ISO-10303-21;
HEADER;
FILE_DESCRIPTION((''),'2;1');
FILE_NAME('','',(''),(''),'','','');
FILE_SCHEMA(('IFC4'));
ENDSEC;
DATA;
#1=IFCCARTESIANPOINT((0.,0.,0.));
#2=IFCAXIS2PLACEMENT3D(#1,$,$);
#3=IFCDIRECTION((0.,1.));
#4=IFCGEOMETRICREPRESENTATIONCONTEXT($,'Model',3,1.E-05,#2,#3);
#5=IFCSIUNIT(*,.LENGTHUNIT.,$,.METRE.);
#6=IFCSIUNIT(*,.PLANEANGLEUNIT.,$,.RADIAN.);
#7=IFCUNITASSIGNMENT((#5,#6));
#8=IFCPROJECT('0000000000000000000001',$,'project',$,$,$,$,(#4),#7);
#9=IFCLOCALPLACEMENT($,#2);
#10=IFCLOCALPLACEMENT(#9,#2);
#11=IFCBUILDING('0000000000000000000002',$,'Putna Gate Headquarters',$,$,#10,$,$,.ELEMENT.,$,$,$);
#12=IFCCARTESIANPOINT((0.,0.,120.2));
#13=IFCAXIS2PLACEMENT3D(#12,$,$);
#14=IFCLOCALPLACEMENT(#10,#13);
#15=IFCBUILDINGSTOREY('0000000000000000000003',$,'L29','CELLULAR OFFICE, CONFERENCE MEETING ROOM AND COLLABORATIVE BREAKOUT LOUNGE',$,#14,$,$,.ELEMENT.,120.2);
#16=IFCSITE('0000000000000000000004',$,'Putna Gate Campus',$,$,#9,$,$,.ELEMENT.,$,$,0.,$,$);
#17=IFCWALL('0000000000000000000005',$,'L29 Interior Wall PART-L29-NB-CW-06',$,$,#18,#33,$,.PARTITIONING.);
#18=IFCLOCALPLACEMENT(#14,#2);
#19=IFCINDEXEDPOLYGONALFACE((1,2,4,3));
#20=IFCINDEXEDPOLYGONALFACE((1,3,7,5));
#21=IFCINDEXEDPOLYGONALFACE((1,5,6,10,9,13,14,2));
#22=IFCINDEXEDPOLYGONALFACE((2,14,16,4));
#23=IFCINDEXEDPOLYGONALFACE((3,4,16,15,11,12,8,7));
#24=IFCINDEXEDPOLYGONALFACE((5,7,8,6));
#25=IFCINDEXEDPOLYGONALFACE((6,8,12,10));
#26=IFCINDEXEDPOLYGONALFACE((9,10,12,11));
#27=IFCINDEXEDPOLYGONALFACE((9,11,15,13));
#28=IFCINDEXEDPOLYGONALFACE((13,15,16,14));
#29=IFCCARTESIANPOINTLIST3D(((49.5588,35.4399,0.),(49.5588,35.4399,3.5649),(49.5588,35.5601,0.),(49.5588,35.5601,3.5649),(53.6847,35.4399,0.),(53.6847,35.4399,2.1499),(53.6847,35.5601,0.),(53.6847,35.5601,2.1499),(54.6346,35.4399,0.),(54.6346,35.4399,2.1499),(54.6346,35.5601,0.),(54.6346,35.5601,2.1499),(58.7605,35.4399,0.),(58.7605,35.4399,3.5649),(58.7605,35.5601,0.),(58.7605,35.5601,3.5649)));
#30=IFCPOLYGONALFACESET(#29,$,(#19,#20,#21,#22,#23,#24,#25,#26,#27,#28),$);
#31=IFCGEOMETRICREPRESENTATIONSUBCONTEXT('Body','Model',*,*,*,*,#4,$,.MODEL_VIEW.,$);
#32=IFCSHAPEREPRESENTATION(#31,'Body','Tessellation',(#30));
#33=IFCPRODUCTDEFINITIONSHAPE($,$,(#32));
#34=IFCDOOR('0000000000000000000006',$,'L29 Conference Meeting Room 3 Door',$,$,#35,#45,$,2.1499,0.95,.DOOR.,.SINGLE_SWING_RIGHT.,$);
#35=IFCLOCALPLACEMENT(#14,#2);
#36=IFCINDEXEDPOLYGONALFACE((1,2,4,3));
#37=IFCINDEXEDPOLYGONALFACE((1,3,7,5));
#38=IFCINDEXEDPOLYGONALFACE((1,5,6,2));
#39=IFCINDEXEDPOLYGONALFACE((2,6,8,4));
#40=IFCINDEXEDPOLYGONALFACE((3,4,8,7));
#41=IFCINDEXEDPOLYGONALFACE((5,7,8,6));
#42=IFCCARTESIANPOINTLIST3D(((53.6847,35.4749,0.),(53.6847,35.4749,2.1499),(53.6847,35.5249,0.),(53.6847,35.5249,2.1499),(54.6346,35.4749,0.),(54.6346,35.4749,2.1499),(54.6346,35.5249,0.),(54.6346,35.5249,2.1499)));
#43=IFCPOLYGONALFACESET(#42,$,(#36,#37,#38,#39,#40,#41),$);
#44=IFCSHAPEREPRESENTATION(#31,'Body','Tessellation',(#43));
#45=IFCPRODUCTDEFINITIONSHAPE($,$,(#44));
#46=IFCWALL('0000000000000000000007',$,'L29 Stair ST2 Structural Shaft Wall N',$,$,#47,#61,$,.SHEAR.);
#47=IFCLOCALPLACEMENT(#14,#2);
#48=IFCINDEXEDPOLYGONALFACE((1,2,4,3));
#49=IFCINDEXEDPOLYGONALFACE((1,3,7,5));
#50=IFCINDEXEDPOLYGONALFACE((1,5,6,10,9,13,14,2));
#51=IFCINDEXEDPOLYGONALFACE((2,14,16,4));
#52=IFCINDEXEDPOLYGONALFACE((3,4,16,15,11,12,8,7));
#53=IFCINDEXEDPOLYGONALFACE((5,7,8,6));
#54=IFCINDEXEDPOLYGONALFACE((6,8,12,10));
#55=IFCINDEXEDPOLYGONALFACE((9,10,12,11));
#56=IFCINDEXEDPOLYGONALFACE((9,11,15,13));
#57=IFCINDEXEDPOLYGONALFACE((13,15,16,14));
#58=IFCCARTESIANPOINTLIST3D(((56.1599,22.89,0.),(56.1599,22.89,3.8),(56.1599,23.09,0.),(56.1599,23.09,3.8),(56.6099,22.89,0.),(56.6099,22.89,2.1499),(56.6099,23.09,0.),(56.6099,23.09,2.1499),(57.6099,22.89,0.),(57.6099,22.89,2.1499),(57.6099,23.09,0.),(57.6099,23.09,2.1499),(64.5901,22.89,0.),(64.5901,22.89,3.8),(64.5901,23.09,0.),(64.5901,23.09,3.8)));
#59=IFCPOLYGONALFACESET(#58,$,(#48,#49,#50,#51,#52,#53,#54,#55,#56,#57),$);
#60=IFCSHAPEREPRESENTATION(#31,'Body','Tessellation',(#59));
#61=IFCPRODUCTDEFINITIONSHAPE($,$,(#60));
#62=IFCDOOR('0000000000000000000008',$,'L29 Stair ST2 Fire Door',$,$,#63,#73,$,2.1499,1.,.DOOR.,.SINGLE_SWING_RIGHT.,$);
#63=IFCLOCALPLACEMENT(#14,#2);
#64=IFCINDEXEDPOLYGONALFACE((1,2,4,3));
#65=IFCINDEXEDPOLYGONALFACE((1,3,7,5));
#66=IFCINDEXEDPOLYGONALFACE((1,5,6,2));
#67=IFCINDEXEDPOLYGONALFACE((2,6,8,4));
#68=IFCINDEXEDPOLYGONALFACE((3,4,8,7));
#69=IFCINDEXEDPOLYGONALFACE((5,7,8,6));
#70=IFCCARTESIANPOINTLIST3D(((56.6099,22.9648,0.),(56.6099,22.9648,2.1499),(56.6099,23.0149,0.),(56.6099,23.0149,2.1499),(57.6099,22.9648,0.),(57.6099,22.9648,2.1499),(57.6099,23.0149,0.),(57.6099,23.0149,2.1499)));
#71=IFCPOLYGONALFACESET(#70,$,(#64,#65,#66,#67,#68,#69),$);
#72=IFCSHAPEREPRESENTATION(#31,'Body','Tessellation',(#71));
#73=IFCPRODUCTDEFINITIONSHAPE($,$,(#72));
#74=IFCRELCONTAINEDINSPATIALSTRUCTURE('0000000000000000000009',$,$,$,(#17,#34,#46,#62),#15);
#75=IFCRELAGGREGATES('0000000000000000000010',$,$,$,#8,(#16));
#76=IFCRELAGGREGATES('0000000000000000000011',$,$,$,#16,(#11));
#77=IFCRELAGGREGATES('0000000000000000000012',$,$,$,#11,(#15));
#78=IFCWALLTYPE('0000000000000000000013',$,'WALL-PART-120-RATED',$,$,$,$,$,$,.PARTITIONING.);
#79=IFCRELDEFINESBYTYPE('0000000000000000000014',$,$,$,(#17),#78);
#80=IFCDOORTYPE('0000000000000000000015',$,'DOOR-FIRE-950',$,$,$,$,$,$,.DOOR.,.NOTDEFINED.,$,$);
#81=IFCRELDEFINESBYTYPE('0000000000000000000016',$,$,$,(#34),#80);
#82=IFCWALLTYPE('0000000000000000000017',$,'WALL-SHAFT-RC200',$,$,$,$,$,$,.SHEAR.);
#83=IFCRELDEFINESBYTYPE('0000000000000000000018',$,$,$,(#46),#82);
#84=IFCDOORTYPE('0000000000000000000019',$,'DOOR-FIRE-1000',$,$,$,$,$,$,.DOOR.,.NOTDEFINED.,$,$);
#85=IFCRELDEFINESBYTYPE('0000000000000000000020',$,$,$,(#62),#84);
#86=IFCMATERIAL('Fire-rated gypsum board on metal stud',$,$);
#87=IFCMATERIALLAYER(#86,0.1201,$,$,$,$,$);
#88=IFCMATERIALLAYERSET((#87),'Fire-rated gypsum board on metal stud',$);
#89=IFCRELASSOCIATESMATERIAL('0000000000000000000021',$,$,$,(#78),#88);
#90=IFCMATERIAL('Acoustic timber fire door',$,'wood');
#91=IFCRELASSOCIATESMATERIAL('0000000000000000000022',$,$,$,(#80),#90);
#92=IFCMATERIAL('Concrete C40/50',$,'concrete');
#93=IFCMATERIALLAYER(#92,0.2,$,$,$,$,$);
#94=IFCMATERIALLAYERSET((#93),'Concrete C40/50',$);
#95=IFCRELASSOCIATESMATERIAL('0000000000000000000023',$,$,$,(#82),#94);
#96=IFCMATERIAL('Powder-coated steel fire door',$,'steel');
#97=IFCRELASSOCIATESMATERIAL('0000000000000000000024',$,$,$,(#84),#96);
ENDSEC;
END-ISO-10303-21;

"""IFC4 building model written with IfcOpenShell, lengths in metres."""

from ifc_helpers import new_model, si_unit, direction, frame, frame_2d, origin, place, context, subcontext, project, spatial, rectangle, extrude, material, layer, layer_set, type_object, element, fill, save


model = new_model("IFC4")

# Units and contexts
model_context = context("Model", 3, precision=1e-05, world=origin(), true_north=direction((0.0, 1.0)))
body_context = subcontext(model_context, "Body", "Model", "MODEL_VIEW")
ifc_project = project(units=[si_unit("LENGTHUNIT", "METRE"), si_unit("PLANEANGLEUNIT", "RADIAN")], contexts=[model_context])

# Site, building, storey
site_placement = place(None, origin())
site = spatial("IfcSite", under=ifc_project, at=site_placement, Name="Putna Gate Campus", CompositionType="ELEMENT", RefElevation=0.0)
building_placement = place(site_placement, origin())
building = spatial("IfcBuilding", under=site, at=building_placement, Name="Putna Gate Headquarters", CompositionType="ELEMENT")
storey_placement = place(building_placement, frame((0.0, 0.0, 120.2)))
storey = spatial("IfcBuildingStorey", under=building, at=storey_placement, Name="L29", Description="CELLULAR OFFICE, CONFERENCE MEETING ROOM AND COLLABORATIVE BREAKOUT LOUNGE", CompositionType="ELEMENT", Elevation=120.2)

# Shared definitions
ifc_material_1 = material(Name="Fire-rated gypsum board on metal stud")
ifc_layer_1 = layer(ifc_material_1, 0.1201)
ifc_layer_set_1 = layer_set([ifc_layer_1], Name="Fire-rated gypsum board on metal stud")
wall_type_1 = type_object("IfcWallType", Name="WALL-PART-120-RATED", PredefinedType="PARTITIONING", material=ifc_layer_set_1)

# Walls, openings, doors
ifc_material_2 = material(Name="Acoustic timber fire door", Category="wood")
door_type_1 = type_object("IfcDoorType", Name="DOOR-FIRE-950", OperationType="NOTDEFINED", PredefinedType="DOOR", material=ifc_material_2)
wall_1_placement = place(storey_placement, frame((49.5588, 35.5, 0.0), z_axis=(0.0, 0.0, 1.0), x_axis=(1.0, 0.0, 0.0)))
wall_1 = element("IfcWall", 1, at=wall_1_placement, inside=storey, type_object=wall_type_1, Name="L29 Interior Wall PART-L29-NB-CW-06", PredefinedType="PARTITIONING", context=body_context, shape_type="SweptSolid", body=[
    extrude(rectangle(XDim=9.2017, YDim=0.1201, at=frame_2d((4.6008, 0.0))), origin(), (0.0, 0.0, 1.0), 3.5649),
])
opening_1_placement = place(wall_1_placement, frame((4.1257, 0.0, 0.0)))
opening_1 = element("IfcOpeningElement", 2, at=opening_1_placement, cuts=wall_1, PredefinedType="OPENING", context=body_context, shape_type="SweptSolid", body=[
    extrude(rectangle(XDim=0.95, YDim=2.1499, at=frame_2d((0.4751, 1.075))), frame((0.0, 0.0701, 0.0), z_axis=(0.0, -1.0, 0.0), x_axis=(1.0, 0.0, 0.0)), (0.0, 0.0, 1.0), 0.1401),
])
door_1_placement = place(opening_1_placement, origin())
door_1 = element("IfcDoor", 3, at=door_1_placement, inside=storey, type_object=door_type_1, Name="L29 Conference Meeting Room 3 Door", OperationType="SINGLE_SWING_RIGHT", OverallHeight=2.1499, OverallWidth=0.95, PredefinedType="DOOR", context=body_context, shape_type="SweptSolid", body=[
    extrude(rectangle(XDim=0.95, YDim=2.1499, at=frame_2d((0.4751, 1.075))), frame((0.0, 0.0249, 0.0), z_axis=(0.0, -1.0, 0.0), x_axis=(1.0, 0.0, 0.0)), (0.0, 0.0, 1.0), 0.05),
])
fill(opening_1, door_1)
ifc_material_3 = material(Name="Concrete C40/50", Category="concrete")
ifc_layer_2 = layer(ifc_material_3, 0.2)
ifc_layer_set_2 = layer_set([ifc_layer_2], Name="Concrete C40/50")
wall_type_2 = type_object("IfcWallType", Name="WALL-SHAFT-RC200", PredefinedType="SHEAR", material=ifc_layer_set_2)
wall_2_placement = place(storey_placement, frame((56.1599, 22.99, 0.0), z_axis=(0.0, 0.0, 1.0), x_axis=(1.0, 0.0, 0.0)))
wall_2 = element("IfcWall", 4, at=wall_2_placement, inside=storey, type_object=wall_type_2, Name="L29 Stair ST2 Structural Shaft Wall N", PredefinedType="SHEAR", context=body_context, shape_type="SweptSolid", body=[
    extrude(rectangle(XDim=8.4302, YDim=0.2, at=frame_2d((4.2151, 0.0))), origin(), (0.0, 0.0, 1.0), 3.8),
])
opening_2_placement = place(wall_2_placement, frame((0.45, 0.0, 0.0)))
opening_2 = element("IfcOpeningElement", 5, at=opening_2_placement, cuts=wall_2, PredefinedType="OPENING", context=body_context, shape_type="SweptSolid", body=[
    extrude(rectangle(XDim=1.0, YDim=2.1499, at=frame_2d((0.5, 1.075))), frame((0.0, 0.1099, 0.0), z_axis=(0.0, -1.0, 0.0), x_axis=(1.0, 0.0, 0.0)), (0.0, 0.0, 1.0), 0.22),
])
ifc_material_4 = material(Name="Powder-coated steel fire door", Category="steel")
door_type_2 = type_object("IfcDoorType", Name="DOOR-FIRE-1000", OperationType="NOTDEFINED", PredefinedType="DOOR", material=ifc_material_4)
door_2_placement = place(opening_2_placement, origin())
door_2 = element("IfcDoor", 6, at=door_2_placement, inside=storey, type_object=door_type_2, Name="L29 Stair ST2 Fire Door", OperationType="SINGLE_SWING_RIGHT", OverallHeight=2.1499, OverallWidth=1.0, PredefinedType="DOOR", context=body_context, shape_type="SweptSolid", body=[
    extrude(rectangle(XDim=1.0, YDim=2.1499, at=frame_2d((0.5, 1.075))), frame((0.0, 0.0249, 0.0), z_axis=(0.0, -1.0, 0.0), x_axis=(1.0, 0.0, 0.0)), (0.0, 0.0, 1.0), 0.05),
])
fill(opening_2, door_2)

save(model, "model.ifc")
